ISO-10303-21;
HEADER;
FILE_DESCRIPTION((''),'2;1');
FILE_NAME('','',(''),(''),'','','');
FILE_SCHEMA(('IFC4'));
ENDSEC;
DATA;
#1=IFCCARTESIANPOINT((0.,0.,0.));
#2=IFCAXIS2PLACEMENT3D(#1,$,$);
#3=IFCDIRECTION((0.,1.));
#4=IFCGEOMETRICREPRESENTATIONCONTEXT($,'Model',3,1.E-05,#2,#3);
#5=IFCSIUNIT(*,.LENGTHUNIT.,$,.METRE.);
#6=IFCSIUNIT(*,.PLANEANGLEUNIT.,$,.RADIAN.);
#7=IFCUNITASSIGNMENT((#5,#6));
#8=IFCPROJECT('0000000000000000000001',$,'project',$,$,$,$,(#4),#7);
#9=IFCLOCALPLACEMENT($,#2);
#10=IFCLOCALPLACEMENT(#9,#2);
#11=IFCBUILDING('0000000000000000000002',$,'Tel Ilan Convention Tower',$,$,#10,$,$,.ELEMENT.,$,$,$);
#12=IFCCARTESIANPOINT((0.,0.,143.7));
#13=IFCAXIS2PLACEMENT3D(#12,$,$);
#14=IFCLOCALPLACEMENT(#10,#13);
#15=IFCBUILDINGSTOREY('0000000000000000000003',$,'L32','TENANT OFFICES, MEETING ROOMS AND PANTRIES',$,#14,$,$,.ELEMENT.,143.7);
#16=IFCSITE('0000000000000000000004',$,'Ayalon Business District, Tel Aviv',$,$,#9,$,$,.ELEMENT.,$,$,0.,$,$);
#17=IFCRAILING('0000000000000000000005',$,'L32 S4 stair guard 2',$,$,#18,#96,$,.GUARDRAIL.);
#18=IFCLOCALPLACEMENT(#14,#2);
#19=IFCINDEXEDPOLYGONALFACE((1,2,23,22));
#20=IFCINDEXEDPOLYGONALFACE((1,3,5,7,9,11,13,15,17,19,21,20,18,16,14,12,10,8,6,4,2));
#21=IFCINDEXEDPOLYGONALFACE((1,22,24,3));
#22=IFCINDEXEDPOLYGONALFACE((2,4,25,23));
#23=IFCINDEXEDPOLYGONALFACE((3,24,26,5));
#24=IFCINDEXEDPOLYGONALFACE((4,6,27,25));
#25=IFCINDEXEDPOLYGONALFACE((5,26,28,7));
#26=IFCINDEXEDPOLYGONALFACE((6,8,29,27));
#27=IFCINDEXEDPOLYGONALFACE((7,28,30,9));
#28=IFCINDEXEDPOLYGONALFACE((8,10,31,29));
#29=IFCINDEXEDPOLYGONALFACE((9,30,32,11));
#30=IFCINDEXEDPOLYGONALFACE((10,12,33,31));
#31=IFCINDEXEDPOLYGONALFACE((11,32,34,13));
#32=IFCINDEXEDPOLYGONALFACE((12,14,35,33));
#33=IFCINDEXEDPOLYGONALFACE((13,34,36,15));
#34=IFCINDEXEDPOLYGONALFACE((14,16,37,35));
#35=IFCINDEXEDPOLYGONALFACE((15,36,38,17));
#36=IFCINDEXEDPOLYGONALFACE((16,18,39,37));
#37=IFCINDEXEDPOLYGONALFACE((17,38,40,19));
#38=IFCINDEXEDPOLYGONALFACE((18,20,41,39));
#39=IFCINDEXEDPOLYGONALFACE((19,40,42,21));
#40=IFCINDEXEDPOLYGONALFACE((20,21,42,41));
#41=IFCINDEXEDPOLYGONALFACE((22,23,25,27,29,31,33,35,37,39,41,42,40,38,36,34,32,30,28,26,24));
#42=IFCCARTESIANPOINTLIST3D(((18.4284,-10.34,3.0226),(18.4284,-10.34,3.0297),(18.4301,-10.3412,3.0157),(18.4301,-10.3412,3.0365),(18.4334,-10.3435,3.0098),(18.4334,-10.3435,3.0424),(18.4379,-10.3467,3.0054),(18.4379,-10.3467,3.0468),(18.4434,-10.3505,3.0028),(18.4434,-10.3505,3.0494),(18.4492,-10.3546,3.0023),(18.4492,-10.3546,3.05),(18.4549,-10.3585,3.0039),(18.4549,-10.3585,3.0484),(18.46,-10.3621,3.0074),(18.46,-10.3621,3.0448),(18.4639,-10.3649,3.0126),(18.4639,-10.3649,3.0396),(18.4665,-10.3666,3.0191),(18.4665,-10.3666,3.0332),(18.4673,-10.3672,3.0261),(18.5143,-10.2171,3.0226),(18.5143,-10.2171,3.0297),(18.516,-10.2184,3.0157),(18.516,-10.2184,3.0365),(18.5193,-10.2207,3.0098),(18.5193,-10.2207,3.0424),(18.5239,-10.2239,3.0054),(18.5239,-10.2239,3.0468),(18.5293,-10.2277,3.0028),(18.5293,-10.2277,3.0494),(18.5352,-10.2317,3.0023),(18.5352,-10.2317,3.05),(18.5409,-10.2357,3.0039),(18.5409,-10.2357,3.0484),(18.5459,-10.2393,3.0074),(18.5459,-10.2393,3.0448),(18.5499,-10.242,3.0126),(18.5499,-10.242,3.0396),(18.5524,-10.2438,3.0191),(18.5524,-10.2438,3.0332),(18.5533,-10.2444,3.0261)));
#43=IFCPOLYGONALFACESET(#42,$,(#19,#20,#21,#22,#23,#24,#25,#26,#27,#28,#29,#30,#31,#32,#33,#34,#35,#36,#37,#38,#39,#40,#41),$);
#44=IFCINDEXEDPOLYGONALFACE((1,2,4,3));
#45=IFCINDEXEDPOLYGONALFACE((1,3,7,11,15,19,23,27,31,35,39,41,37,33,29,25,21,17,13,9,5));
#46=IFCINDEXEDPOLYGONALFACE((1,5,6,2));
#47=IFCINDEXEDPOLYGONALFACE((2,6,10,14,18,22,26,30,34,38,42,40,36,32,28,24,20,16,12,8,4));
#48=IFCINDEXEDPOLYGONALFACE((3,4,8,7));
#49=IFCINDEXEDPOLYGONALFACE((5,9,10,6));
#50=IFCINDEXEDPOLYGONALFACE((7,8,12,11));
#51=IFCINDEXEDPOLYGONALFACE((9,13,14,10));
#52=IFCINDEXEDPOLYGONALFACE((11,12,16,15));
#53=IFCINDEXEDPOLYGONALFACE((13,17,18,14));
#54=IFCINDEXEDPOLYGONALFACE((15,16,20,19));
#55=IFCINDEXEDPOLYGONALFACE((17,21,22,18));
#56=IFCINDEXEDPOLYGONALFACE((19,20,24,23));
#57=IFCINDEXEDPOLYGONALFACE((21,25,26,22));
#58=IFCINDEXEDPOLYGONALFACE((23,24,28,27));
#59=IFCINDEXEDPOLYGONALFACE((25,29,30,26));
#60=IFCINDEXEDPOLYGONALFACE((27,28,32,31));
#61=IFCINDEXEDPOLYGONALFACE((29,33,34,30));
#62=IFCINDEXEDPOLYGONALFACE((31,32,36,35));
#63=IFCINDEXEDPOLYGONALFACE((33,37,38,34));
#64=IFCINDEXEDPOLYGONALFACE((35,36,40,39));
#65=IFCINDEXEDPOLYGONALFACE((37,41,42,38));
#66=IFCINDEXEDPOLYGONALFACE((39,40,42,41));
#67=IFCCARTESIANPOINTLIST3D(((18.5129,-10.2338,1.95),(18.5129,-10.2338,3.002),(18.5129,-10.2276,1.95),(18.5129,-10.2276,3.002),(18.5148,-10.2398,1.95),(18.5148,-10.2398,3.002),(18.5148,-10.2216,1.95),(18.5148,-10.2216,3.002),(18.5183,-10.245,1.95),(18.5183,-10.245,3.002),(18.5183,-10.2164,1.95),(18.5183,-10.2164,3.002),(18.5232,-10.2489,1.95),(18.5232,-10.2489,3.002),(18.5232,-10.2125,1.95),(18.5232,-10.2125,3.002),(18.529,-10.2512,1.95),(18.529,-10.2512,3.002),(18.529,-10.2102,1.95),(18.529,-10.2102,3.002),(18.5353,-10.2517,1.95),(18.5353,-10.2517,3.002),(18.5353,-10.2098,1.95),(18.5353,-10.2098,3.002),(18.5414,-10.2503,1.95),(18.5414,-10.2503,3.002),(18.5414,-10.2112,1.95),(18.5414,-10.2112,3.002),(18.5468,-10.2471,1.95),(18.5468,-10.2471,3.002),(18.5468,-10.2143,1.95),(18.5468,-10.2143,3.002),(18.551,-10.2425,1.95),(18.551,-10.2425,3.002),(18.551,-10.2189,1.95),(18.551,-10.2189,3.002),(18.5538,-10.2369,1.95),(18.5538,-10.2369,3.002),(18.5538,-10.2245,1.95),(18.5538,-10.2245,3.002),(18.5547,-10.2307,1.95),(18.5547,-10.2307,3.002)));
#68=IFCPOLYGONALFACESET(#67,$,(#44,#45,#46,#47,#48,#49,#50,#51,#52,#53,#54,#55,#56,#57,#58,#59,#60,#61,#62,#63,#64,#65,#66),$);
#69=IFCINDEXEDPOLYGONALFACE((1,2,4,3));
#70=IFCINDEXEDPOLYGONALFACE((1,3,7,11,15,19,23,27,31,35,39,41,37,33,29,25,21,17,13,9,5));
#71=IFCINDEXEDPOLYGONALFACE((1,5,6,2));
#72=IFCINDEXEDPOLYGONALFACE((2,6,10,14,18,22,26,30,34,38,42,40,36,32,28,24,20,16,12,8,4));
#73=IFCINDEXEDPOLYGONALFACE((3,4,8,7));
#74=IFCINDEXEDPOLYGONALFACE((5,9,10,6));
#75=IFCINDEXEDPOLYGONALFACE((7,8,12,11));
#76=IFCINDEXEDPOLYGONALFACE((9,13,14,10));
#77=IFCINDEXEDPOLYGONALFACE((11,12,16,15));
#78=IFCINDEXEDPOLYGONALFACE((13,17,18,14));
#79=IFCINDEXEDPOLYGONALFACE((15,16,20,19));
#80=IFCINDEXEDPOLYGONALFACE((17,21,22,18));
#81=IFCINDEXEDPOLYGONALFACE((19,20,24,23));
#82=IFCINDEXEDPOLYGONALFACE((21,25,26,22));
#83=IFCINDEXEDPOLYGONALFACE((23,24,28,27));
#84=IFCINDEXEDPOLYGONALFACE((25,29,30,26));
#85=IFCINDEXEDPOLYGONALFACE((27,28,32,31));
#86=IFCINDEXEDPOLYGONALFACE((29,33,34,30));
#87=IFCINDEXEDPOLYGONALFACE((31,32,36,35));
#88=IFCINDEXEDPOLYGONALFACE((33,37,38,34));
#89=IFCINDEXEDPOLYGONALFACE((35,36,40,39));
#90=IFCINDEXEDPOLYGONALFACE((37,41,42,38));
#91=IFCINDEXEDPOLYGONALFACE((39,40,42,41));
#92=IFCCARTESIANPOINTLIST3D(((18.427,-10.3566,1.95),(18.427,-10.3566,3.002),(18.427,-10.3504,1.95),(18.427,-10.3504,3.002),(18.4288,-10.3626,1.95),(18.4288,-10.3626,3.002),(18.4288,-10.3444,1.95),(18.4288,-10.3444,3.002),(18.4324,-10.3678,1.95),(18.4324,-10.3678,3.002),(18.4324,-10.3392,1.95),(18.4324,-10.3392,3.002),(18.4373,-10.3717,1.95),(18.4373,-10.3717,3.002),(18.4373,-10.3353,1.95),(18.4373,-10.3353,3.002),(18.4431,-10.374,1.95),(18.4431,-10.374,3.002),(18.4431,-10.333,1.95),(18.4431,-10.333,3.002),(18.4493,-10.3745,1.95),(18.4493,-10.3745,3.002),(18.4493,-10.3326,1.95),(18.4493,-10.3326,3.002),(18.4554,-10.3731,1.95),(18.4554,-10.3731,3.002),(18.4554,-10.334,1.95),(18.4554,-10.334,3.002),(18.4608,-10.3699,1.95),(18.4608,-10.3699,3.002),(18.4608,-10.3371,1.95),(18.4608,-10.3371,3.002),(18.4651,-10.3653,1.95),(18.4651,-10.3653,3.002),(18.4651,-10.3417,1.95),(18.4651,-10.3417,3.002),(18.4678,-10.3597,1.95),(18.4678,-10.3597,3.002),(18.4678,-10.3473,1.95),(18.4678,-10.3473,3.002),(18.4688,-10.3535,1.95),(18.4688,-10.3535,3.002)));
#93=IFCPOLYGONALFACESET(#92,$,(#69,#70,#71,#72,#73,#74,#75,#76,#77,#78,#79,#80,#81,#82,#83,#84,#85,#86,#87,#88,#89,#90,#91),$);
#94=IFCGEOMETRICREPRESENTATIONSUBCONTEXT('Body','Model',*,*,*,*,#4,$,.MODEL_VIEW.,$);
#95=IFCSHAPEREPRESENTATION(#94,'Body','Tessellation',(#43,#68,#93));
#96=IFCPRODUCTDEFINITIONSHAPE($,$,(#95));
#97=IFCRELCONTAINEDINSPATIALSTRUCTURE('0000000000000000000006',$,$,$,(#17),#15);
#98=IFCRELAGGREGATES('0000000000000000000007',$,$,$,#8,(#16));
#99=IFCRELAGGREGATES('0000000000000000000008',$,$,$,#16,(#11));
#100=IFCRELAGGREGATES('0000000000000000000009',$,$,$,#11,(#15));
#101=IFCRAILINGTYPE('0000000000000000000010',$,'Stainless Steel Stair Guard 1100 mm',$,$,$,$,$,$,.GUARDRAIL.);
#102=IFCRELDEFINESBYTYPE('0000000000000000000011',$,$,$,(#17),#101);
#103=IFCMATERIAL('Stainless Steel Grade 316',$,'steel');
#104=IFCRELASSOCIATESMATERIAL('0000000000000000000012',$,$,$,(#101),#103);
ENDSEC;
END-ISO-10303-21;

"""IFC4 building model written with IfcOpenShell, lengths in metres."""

from ifc_helpers import new_model, si_unit, direction, frame, origin, origin_2d, place, context, subcontext, project, spatial, circle, extrude, material, type_object, element, save


model = new_model("IFC4")

# Units and contexts
model_context = context("Model", 3, precision=1e-05, world=origin(), true_north=direction((0.0, 1.0)))
body_context = subcontext(model_context, "Body", "Model", "MODEL_VIEW")
ifc_project = project(units=[si_unit("LENGTHUNIT", "METRE"), si_unit("PLANEANGLEUNIT", "RADIAN")], contexts=[model_context])

# Site, building, storey
site_placement = place(None, origin())
site = spatial("IfcSite", under=ifc_project, at=site_placement, Name="Ayalon Business District, Tel Aviv", CompositionType="ELEMENT", RefElevation=0.0)
building_placement = place(site_placement, origin())
building = spatial("IfcBuilding", under=site, at=building_placement, Name="Tel Ilan Convention Tower", CompositionType="ELEMENT")
storey_placement = place(building_placement, frame((0.0, 0.0, 143.7)))
storey = spatial("IfcBuildingStorey", under=building, at=storey_placement, Name="L32", Description="TENANT OFFICES, MEETING ROOMS AND PANTRIES", CompositionType="ELEMENT", Elevation=143.7)

# Railing
ifc_material_1 = material(Name="Stainless Steel Grade 316", Category="steel")
railing_type_1 = type_object("IfcRailingType", Name="Stainless Steel Stair Guard 1100 mm", PredefinedType="GUARDRAIL", material=ifc_material_1)
railing_1_placement = place(storey_placement, frame((18.5337, -10.2307, 1.95)))
element("IfcRailing", 1, at=railing_1_placement, inside=storey, type_object=railing_type_1, Name="L32 S4 stair guard 2", PredefinedType="GUARDRAIL", context=body_context, shape_type="SweptSolid", body=[
    extrude(circle(Radius=0.0239, at=origin_2d()), frame((0.0, 0.0, 1.0762), z_axis=(-0.573353, -0.819308, 0.0), x_axis=(0.819308, -0.573353, 0.0)), (0.0, 0.0, 1.0), 0.1499),
    extrude(circle(Radius=0.021, at=origin_2d()), origin(), (0.0, 0.0, 1.0), 1.052),
    extrude(circle(Radius=0.021, at=origin_2d()), frame((-0.0859, -0.1228, 0.0)), (0.0, 0.0, 1.0), 1.052),
])

save(model, "model.ifc")
